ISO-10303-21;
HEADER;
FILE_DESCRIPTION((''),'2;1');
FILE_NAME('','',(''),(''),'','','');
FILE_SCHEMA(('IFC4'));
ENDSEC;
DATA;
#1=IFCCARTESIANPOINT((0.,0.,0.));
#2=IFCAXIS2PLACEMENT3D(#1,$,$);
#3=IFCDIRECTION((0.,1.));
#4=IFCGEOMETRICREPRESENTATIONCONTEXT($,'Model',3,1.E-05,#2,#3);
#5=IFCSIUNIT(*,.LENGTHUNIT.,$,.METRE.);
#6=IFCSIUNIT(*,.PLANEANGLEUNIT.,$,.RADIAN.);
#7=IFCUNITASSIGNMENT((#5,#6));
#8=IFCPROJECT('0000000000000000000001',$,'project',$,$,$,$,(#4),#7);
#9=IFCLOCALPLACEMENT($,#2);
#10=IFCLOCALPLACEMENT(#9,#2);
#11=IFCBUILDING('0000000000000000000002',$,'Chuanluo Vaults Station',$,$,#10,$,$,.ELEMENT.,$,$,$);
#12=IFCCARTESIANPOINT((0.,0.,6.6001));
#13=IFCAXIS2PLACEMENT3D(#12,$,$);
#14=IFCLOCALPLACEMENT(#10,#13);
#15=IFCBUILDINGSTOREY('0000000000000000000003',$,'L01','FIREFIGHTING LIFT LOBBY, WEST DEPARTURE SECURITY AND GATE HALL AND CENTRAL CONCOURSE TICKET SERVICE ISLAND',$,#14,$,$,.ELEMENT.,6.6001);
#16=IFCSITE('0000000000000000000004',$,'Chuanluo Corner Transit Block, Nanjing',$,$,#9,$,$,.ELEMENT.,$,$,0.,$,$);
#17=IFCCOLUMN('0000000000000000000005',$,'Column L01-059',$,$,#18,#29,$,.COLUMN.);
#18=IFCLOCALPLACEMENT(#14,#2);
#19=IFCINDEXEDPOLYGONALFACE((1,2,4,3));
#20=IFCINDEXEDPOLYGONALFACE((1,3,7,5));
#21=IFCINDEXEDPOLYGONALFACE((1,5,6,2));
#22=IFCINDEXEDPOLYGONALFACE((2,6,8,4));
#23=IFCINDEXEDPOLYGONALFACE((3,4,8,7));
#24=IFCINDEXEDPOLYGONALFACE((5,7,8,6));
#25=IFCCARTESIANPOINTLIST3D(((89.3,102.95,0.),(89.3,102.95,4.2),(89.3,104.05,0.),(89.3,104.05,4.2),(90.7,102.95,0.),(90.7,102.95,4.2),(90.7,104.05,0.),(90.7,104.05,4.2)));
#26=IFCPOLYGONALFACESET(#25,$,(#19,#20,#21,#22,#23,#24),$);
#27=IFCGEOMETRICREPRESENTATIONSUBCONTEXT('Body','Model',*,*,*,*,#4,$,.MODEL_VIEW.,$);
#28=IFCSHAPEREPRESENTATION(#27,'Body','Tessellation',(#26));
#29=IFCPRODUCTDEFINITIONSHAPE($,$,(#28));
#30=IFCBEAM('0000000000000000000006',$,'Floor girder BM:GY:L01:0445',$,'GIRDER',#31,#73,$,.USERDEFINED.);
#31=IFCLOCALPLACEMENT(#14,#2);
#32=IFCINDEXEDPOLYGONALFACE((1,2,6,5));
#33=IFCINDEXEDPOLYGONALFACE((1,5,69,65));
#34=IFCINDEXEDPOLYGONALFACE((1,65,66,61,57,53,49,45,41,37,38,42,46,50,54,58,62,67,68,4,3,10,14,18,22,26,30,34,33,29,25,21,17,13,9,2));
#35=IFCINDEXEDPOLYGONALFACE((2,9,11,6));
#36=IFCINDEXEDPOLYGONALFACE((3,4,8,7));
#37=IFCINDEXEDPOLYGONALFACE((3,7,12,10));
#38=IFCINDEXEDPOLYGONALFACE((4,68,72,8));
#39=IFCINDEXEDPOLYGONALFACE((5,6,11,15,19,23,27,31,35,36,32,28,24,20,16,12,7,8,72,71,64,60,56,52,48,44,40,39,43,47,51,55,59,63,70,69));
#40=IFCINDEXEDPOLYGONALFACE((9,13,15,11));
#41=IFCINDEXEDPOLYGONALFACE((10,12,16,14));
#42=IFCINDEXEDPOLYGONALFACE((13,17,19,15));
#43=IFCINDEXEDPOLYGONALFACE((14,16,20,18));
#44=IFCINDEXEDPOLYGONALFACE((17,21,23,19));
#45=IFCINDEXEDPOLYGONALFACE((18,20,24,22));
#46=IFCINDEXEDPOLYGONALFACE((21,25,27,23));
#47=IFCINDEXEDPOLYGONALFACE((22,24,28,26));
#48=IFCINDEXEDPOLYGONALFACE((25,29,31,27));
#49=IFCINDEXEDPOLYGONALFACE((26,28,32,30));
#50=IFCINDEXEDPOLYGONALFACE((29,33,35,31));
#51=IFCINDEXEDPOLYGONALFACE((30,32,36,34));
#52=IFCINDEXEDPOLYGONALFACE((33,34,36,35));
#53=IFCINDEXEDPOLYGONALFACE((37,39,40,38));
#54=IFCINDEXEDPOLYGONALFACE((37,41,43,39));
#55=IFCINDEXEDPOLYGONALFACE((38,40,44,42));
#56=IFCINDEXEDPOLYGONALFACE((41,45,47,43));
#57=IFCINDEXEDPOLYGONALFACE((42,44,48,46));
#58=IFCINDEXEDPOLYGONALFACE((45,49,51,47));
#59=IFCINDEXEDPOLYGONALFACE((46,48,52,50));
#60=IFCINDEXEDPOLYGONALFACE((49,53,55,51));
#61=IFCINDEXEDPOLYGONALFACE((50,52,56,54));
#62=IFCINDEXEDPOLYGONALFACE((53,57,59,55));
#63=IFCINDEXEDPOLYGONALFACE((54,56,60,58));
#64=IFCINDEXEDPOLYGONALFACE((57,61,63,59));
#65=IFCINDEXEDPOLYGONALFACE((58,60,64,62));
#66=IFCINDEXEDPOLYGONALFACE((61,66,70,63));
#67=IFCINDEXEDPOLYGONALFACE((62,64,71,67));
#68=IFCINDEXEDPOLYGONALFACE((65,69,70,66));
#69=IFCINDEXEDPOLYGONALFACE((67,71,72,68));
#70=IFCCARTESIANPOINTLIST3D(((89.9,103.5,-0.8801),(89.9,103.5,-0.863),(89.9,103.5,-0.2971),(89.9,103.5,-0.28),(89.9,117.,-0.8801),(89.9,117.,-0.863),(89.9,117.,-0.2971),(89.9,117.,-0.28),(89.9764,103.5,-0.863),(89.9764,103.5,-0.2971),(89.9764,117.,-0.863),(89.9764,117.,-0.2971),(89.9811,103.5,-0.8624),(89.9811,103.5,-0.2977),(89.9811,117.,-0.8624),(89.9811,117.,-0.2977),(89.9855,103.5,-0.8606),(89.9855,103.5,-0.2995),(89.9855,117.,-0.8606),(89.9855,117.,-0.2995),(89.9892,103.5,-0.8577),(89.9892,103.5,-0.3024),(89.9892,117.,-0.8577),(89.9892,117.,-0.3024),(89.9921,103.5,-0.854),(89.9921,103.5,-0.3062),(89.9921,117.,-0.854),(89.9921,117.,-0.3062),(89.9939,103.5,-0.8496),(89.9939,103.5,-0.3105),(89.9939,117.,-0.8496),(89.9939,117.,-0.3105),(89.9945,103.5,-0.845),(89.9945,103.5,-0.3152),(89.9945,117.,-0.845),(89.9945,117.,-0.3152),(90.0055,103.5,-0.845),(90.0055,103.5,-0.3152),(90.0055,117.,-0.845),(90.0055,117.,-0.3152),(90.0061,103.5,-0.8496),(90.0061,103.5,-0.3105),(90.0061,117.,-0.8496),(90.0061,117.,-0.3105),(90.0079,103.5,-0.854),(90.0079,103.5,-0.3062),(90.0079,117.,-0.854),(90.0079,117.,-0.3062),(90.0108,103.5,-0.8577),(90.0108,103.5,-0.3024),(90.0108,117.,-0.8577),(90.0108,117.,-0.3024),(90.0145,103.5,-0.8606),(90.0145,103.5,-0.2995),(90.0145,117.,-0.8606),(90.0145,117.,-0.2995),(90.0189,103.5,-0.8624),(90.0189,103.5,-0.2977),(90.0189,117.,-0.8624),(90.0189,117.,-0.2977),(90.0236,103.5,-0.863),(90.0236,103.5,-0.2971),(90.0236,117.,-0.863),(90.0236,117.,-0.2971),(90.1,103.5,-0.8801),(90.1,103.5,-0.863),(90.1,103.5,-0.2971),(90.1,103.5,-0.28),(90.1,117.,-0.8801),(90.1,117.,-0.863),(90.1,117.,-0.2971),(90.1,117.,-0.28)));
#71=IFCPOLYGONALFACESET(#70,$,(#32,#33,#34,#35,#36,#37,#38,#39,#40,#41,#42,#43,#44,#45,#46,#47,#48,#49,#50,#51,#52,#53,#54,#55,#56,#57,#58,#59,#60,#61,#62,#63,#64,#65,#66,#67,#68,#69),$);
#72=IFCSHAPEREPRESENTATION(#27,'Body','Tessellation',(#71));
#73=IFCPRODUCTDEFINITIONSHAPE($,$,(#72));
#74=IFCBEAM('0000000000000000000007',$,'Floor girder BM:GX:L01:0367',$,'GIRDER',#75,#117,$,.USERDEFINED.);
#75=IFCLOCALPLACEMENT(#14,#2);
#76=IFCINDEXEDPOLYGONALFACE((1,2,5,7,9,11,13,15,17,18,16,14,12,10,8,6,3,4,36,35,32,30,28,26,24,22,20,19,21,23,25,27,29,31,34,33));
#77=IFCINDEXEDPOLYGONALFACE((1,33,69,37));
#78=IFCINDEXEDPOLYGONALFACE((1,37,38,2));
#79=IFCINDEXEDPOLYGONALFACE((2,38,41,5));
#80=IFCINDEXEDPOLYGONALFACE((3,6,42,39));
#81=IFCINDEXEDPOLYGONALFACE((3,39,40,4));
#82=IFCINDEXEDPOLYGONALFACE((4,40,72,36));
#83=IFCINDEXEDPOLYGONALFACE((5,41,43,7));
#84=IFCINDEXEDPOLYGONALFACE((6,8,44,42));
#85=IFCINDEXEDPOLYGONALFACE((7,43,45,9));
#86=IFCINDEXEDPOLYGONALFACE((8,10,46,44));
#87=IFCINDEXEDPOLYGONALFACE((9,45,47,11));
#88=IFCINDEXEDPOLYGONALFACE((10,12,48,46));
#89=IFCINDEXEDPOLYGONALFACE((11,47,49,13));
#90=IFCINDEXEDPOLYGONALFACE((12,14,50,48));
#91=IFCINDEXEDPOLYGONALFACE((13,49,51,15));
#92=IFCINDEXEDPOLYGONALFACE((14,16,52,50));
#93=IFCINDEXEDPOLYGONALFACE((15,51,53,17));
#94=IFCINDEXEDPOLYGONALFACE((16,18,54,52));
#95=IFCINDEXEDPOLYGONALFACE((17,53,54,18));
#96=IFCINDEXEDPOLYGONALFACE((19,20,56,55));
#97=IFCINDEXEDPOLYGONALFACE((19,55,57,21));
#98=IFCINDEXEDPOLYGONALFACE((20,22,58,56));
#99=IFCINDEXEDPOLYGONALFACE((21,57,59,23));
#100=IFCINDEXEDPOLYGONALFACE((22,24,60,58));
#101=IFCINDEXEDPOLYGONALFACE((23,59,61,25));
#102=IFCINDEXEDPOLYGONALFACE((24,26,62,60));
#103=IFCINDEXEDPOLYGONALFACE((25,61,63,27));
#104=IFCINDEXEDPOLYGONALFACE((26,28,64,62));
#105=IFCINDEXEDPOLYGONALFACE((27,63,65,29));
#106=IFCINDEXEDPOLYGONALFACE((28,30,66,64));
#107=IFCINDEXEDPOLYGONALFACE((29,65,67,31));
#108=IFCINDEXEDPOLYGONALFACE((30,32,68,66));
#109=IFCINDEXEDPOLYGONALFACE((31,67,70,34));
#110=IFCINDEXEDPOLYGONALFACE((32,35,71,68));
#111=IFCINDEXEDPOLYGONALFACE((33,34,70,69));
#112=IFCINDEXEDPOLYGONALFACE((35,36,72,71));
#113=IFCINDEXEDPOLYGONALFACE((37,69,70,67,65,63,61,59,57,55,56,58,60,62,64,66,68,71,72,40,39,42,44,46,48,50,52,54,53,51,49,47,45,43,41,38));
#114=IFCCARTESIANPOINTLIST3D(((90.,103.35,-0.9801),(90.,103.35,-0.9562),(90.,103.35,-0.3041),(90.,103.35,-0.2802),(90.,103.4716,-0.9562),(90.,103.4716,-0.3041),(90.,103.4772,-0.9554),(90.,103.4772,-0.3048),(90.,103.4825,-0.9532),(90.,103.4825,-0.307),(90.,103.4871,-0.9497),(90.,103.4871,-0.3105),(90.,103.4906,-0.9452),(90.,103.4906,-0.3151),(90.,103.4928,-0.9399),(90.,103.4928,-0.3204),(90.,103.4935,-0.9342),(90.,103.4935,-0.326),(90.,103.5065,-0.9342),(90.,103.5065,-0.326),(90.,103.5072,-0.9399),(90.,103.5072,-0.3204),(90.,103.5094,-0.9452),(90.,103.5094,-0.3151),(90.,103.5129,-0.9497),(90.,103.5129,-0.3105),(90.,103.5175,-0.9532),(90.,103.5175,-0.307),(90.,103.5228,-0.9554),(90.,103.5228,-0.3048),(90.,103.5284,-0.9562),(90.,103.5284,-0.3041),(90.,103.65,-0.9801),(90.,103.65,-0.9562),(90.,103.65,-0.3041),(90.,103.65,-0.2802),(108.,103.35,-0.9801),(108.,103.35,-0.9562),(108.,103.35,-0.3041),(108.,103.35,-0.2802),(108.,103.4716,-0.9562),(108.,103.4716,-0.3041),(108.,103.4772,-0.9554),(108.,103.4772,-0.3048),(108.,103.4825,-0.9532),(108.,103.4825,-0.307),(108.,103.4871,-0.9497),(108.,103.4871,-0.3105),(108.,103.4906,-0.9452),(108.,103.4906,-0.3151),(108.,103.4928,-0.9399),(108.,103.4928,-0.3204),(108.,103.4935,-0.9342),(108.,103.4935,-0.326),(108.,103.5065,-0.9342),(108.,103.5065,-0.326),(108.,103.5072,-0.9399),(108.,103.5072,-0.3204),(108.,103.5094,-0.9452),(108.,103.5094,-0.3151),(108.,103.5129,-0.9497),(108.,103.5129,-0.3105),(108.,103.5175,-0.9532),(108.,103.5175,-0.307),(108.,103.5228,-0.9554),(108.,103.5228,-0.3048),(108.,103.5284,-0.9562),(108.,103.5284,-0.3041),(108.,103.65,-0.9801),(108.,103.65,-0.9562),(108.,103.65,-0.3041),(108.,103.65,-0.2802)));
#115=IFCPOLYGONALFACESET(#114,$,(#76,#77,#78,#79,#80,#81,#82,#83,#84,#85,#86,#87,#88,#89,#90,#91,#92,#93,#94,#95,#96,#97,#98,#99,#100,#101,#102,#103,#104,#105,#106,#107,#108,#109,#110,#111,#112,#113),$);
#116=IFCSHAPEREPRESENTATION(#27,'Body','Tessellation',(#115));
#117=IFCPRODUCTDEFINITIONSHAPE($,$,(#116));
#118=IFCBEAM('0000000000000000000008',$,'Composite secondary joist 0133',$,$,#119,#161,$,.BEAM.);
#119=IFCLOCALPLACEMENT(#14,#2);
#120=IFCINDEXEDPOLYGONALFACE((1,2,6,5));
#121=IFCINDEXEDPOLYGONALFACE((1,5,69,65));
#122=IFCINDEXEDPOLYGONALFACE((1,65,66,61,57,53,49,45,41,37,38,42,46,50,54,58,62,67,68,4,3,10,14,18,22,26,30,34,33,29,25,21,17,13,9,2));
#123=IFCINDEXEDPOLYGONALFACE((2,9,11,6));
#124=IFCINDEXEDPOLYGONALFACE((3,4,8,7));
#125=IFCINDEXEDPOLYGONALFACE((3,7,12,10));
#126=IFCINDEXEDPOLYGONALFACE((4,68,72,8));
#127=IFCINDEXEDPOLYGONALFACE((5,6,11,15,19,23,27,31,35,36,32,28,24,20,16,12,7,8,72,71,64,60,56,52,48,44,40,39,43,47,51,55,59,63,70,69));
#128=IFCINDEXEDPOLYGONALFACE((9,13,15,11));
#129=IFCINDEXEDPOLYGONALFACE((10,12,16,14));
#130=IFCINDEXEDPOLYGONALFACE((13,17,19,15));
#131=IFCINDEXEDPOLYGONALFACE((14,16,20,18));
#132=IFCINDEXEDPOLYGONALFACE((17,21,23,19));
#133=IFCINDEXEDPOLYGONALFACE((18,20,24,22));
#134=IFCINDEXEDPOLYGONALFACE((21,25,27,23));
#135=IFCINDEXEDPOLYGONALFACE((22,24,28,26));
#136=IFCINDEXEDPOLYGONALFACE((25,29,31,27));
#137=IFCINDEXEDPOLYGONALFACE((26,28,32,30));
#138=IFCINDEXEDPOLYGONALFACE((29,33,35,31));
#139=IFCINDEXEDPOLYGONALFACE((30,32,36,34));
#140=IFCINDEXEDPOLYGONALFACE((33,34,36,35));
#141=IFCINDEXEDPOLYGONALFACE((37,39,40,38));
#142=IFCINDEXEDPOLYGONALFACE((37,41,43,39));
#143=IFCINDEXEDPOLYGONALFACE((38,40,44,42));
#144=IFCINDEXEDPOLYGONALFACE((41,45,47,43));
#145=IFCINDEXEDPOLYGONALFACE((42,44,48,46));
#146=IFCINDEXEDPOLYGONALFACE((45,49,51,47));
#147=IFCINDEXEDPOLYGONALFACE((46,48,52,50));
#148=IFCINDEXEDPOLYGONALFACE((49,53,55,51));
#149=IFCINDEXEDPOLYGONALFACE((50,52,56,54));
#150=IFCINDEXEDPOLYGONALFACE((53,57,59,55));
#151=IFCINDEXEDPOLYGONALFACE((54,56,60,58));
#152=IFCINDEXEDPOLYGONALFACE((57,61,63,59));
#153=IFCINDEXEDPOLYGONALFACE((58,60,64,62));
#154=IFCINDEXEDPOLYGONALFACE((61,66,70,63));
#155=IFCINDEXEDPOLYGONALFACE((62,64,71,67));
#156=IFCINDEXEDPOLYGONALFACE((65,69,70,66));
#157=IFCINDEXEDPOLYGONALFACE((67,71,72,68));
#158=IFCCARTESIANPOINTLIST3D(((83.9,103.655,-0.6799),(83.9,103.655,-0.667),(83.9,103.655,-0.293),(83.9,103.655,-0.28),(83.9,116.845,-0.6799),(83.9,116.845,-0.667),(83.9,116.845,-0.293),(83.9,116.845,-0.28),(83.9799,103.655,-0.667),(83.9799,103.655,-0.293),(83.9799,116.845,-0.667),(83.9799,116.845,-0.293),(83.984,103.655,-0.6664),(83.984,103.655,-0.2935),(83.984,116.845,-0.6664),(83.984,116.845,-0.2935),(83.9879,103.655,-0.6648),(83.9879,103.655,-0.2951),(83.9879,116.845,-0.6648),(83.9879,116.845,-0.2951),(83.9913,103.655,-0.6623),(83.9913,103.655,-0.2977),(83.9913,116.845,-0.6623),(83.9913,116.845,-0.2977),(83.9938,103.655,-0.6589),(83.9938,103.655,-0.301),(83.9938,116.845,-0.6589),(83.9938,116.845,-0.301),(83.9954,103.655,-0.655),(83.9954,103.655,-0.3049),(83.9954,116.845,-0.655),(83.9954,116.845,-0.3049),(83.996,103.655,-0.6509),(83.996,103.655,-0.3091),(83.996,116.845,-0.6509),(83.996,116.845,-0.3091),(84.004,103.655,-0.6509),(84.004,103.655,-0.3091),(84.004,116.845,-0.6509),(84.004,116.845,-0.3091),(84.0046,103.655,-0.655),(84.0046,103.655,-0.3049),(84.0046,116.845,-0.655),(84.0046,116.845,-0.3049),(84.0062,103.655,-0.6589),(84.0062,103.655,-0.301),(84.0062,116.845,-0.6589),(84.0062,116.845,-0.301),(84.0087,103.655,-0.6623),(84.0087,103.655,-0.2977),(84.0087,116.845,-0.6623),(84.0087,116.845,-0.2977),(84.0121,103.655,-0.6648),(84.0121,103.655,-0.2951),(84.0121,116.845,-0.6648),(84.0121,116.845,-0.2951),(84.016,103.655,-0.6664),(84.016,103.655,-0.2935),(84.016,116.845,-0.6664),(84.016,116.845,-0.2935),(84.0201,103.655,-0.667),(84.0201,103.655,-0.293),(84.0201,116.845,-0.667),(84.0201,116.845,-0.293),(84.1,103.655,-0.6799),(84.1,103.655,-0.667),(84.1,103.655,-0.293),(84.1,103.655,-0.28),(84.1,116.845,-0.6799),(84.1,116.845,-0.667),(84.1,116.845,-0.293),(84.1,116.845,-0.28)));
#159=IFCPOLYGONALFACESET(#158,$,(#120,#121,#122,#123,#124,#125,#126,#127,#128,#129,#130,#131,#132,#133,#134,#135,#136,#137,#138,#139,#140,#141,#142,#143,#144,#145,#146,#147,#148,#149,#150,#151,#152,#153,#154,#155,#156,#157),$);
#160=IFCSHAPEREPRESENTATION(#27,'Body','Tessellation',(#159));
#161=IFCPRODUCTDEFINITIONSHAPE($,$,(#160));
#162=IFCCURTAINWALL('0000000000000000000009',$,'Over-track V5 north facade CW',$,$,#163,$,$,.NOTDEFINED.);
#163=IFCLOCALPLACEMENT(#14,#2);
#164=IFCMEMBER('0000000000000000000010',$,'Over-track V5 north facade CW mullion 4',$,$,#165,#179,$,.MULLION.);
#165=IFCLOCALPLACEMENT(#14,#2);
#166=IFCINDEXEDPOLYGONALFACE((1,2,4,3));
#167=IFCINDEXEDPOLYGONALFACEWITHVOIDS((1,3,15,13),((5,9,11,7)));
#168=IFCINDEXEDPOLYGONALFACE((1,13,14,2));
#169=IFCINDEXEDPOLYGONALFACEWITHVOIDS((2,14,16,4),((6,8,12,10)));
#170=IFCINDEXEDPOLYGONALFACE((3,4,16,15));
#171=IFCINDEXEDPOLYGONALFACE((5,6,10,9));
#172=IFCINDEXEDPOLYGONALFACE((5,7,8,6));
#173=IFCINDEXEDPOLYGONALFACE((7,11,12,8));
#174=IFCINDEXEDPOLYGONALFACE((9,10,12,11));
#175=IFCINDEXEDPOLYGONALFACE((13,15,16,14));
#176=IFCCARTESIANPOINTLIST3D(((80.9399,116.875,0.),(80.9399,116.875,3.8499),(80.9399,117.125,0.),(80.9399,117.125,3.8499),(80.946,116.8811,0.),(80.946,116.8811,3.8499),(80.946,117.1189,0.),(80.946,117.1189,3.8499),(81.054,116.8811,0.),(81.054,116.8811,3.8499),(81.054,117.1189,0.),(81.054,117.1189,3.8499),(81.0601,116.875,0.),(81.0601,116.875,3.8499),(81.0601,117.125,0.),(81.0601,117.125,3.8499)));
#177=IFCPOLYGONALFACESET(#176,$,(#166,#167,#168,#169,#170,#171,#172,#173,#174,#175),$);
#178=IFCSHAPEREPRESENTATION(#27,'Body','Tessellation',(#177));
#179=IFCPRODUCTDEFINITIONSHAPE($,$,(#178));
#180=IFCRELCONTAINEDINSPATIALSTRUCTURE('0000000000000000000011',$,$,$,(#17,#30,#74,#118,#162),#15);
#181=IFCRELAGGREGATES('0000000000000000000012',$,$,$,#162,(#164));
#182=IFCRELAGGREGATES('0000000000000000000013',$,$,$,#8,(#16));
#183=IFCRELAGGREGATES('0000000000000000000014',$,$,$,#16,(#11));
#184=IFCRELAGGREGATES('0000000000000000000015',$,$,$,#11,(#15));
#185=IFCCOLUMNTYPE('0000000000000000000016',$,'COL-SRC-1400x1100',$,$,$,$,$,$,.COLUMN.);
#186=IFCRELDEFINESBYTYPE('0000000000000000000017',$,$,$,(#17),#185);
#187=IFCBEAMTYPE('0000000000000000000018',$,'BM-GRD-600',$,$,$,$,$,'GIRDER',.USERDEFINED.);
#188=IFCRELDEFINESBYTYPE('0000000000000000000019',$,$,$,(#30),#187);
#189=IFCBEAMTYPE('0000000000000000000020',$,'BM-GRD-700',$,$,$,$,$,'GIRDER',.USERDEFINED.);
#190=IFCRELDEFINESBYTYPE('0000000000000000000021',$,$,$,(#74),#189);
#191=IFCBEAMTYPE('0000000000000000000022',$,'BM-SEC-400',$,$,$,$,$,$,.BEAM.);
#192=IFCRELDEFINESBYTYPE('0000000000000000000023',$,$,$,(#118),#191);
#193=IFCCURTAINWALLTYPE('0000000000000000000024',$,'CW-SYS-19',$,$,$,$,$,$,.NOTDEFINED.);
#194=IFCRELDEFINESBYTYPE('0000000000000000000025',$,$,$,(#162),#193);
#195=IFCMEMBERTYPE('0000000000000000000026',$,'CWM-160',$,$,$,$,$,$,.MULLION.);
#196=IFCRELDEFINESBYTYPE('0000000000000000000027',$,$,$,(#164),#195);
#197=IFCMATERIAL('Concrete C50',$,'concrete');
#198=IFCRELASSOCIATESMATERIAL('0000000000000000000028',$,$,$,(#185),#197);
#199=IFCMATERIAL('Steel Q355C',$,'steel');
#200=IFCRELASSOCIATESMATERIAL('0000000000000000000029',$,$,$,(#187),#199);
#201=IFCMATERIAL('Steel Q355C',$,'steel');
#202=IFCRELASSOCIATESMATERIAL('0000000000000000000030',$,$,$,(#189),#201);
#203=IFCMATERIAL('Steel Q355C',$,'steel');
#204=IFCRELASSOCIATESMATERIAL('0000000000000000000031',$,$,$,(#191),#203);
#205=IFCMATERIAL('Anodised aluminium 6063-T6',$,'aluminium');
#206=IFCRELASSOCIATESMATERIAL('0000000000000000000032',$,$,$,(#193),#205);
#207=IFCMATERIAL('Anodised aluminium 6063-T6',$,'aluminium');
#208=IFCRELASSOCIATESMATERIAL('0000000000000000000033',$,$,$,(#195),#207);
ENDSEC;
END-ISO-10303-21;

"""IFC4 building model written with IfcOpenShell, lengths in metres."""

from ifc_helpers import new_model, si_unit, direction, frame, origin, origin_2d, place, context, subcontext, project, spatial, rectangle, hollow_rectangle, i_section, extrude, material, material_profile, profile_set, type_object, element, aggregate, save


model = new_model("IFC4")

# Units and contexts
model_context = context("Model", 3, precision=1e-05, world=origin(), true_north=direction((0.0, 1.0)))
body_context = subcontext(model_context, "Body", "Model", "MODEL_VIEW")
ifc_project = project(units=[si_unit("LENGTHUNIT", "METRE"), si_unit("PLANEANGLEUNIT", "RADIAN")], contexts=[model_context])

# Site, building, storey
site_placement = place(None, origin())
site = spatial("IfcSite", under=ifc_project, at=site_placement, Name="Chuanluo Corner Transit Block, Nanjing", CompositionType="ELEMENT", RefElevation=0.0)
building_placement = place(site_placement, origin())
building = spatial("IfcBuilding", under=site, at=building_placement, Name="Chuanluo Vaults Station", CompositionType="ELEMENT")
storey_placement = place(building_placement, frame((0.0, 0.0, 6.6001)))
storey = spatial("IfcBuildingStorey", under=building, at=storey_placement, Name="L01", Description="FIREFIGHTING LIFT LOBBY, WEST DEPARTURE SECURITY AND GATE HALL AND CENTRAL CONCOURSE TICKET SERVICE ISLAND", CompositionType="ELEMENT", Elevation=6.6001)

# Column
ifc_material_1 = material(Name="Concrete C50", Category="concrete")
ifc_material_profile_1 = material_profile(ifc_material_1, rectangle(XDim=1.3999, YDim=1.1001, at=origin_2d()))
ifc_profile_set_1 = profile_set([ifc_material_profile_1], Name="Concrete C50")
column_type = type_object("IfcColumnType", Name="COL-SRC-1400x1100", PredefinedType="COLUMN", material=ifc_profile_set_1)
column_placement = place(storey_placement, frame((90.0, 103.5, 0.0), z_axis=(0.0, 0.0, 1.0), x_axis=(1.0, 0.0, 0.0)))
element("IfcColumn", 1, at=column_placement, inside=storey, type_object=column_type, Name="Column L01-059", PredefinedType="COLUMN", context=body_context, shape_type="SweptSolid", body=[
    extrude(rectangle(XDim=1.3999, YDim=1.1001, at=origin_2d()), origin(), (0.0, 0.0, 1.0), 4.2),
])

# Beams
ifc_material_2 = material(Name="Steel Q355C", Category="steel")
ifc_material_profile_2 = material_profile(ifc_material_2, i_section(OverallWidth=0.2, OverallDepth=0.6001, WebThickness=0.011, FlangeThickness=0.0171, FilletRadius=0.0181, at=origin_2d()))
ifc_profile_set_2 = profile_set([ifc_material_profile_2], Name="Steel Q355C")
beam_type_1 = type_object("IfcBeamType", Name="BM-GRD-600", ElementType="GIRDER", PredefinedType="USERDEFINED", material=ifc_profile_set_2)
beam_1_placement = place(storey_placement, frame((90.0, 103.5, -0.5801), z_axis=(0.0, 1.0, 0.0), x_axis=(-1.0, 0.0, 0.0)))
element("IfcBeam", 2, at=beam_1_placement, inside=storey, type_object=beam_type_1, Name="Floor girder BM:GY:L01:0445", ObjectType="GIRDER", PredefinedType="USERDEFINED", context=body_context, shape_type="SweptSolid", body=[
    extrude(i_section(OverallWidth=0.2, OverallDepth=0.6001, WebThickness=0.011, FlangeThickness=0.0171, FilletRadius=0.0181, at=origin_2d()), origin(), (0.0, 0.0, 1.0), 13.5),
])
ifc_material_3 = material(Name="Steel Q355C", Category="steel")
ifc_material_profile_3 = material_profile(ifc_material_3, i_section(OverallWidth=0.3, OverallDepth=0.7, WebThickness=0.0129, FlangeThickness=0.0239, FilletRadius=0.022, at=origin_2d()))
ifc_profile_set_3 = profile_set([ifc_material_profile_3], Name="Steel Q355C")
beam_type_2 = type_object("IfcBeamType", Name="BM-GRD-700", ElementType="GIRDER", PredefinedType="USERDEFINED", material=ifc_profile_set_3)
beam_2_placement = place(storey_placement, frame((90.0, 103.5, -0.6301), z_axis=(1.0, 0.0, 0.0), x_axis=(0.0, 1.0, 0.0)))
element("IfcBeam", 3, at=beam_2_placement, inside=storey, type_object=beam_type_2, Name="Floor girder BM:GX:L01:0367", ObjectType="GIRDER", PredefinedType="USERDEFINED", context=body_context, shape_type="SweptSolid", body=[
    extrude(i_section(OverallWidth=0.3, OverallDepth=0.7, WebThickness=0.0129, FlangeThickness=0.0239, FilletRadius=0.022, at=origin_2d()), origin(), (0.0, 0.0, 1.0), 18.0),
])
ifc_material_4 = material(Name="Steel Q355C", Category="steel")
ifc_material_profile_4 = material_profile(ifc_material_4, i_section(OverallWidth=0.2, OverallDepth=0.3999, WebThickness=0.0081, FlangeThickness=0.0129, FilletRadius=0.0161, at=origin_2d()))
ifc_profile_set_4 = profile_set([ifc_material_profile_4], Name="Steel Q355C")
beam_type_3 = type_object("IfcBeamType", Name="BM-SEC-400", PredefinedType="BEAM", material=ifc_profile_set_4)
beam_3_placement = place(storey_placement, frame((84.0, 103.655, -0.48), z_axis=(0.0, 1.0, 0.0), x_axis=(-1.0, 0.0, 0.0)))
element("IfcBeam", 4, at=beam_3_placement, inside=storey, type_object=beam_type_3, Name="Composite secondary joist 0133", PredefinedType="BEAM", context=body_context, shape_type="SweptSolid", body=[
    extrude(i_section(OverallWidth=0.2, OverallDepth=0.3999, WebThickness=0.0081, FlangeThickness=0.0129, FilletRadius=0.0161, at=origin_2d()), origin(), (0.0, 0.0, 1.0), 13.1899),
])

# Curtain wall, member
ifc_material_5 = material(Name="Anodised aluminium 6063-T6", Category="aluminium")
curtain_wall_type = type_object("IfcCurtainWallType", Name="CW-SYS-19", PredefinedType="NOTDEFINED", material=ifc_material_5)
curtain_wall_placement = place(storey_placement, origin())
curtain_wall = element("IfcCurtainWall", 5, at=curtain_wall_placement, inside=storey, type_object=curtain_wall_type, Name="Over-track V5 north facade CW", PredefinedType="NOTDEFINED")
ifc_material_6 = material(Name="Anodised aluminium 6063-T6", Category="aluminium")
ifc_material_profile_5 = material_profile(ifc_material_6, hollow_rectangle(XDim=0.1201, YDim=0.25, WallThickness=0.0061, at=origin_2d()))
ifc_profile_set_5 = profile_set([ifc_material_profile_5], Name="Anodised aluminium 6063-T6")
member_type_1 = type_object("IfcMemberType", Name="CWM-160", PredefinedType="MULLION", material=ifc_profile_set_5)
member_1_placement = place(storey_placement, frame((81.0, 117.0, 0.0), z_axis=(0.0, 0.0, 1.0), x_axis=(1.0, 0.0, 0.0)))
member_1 = element("IfcMember", 6, at=member_1_placement, type_object=member_type_1, Name="Over-track V5 north facade CW mullion 4", PredefinedType="MULLION", context=body_context, shape_type="SweptSolid", body=[
    extrude(hollow_rectangle(XDim=0.1201, YDim=0.25, WallThickness=0.0061, at=origin_2d()), origin(), (0.0, 0.0, 1.0), 3.8499),
])
aggregate(curtain_wall, [member_1])

save(model, "model.ifc")
